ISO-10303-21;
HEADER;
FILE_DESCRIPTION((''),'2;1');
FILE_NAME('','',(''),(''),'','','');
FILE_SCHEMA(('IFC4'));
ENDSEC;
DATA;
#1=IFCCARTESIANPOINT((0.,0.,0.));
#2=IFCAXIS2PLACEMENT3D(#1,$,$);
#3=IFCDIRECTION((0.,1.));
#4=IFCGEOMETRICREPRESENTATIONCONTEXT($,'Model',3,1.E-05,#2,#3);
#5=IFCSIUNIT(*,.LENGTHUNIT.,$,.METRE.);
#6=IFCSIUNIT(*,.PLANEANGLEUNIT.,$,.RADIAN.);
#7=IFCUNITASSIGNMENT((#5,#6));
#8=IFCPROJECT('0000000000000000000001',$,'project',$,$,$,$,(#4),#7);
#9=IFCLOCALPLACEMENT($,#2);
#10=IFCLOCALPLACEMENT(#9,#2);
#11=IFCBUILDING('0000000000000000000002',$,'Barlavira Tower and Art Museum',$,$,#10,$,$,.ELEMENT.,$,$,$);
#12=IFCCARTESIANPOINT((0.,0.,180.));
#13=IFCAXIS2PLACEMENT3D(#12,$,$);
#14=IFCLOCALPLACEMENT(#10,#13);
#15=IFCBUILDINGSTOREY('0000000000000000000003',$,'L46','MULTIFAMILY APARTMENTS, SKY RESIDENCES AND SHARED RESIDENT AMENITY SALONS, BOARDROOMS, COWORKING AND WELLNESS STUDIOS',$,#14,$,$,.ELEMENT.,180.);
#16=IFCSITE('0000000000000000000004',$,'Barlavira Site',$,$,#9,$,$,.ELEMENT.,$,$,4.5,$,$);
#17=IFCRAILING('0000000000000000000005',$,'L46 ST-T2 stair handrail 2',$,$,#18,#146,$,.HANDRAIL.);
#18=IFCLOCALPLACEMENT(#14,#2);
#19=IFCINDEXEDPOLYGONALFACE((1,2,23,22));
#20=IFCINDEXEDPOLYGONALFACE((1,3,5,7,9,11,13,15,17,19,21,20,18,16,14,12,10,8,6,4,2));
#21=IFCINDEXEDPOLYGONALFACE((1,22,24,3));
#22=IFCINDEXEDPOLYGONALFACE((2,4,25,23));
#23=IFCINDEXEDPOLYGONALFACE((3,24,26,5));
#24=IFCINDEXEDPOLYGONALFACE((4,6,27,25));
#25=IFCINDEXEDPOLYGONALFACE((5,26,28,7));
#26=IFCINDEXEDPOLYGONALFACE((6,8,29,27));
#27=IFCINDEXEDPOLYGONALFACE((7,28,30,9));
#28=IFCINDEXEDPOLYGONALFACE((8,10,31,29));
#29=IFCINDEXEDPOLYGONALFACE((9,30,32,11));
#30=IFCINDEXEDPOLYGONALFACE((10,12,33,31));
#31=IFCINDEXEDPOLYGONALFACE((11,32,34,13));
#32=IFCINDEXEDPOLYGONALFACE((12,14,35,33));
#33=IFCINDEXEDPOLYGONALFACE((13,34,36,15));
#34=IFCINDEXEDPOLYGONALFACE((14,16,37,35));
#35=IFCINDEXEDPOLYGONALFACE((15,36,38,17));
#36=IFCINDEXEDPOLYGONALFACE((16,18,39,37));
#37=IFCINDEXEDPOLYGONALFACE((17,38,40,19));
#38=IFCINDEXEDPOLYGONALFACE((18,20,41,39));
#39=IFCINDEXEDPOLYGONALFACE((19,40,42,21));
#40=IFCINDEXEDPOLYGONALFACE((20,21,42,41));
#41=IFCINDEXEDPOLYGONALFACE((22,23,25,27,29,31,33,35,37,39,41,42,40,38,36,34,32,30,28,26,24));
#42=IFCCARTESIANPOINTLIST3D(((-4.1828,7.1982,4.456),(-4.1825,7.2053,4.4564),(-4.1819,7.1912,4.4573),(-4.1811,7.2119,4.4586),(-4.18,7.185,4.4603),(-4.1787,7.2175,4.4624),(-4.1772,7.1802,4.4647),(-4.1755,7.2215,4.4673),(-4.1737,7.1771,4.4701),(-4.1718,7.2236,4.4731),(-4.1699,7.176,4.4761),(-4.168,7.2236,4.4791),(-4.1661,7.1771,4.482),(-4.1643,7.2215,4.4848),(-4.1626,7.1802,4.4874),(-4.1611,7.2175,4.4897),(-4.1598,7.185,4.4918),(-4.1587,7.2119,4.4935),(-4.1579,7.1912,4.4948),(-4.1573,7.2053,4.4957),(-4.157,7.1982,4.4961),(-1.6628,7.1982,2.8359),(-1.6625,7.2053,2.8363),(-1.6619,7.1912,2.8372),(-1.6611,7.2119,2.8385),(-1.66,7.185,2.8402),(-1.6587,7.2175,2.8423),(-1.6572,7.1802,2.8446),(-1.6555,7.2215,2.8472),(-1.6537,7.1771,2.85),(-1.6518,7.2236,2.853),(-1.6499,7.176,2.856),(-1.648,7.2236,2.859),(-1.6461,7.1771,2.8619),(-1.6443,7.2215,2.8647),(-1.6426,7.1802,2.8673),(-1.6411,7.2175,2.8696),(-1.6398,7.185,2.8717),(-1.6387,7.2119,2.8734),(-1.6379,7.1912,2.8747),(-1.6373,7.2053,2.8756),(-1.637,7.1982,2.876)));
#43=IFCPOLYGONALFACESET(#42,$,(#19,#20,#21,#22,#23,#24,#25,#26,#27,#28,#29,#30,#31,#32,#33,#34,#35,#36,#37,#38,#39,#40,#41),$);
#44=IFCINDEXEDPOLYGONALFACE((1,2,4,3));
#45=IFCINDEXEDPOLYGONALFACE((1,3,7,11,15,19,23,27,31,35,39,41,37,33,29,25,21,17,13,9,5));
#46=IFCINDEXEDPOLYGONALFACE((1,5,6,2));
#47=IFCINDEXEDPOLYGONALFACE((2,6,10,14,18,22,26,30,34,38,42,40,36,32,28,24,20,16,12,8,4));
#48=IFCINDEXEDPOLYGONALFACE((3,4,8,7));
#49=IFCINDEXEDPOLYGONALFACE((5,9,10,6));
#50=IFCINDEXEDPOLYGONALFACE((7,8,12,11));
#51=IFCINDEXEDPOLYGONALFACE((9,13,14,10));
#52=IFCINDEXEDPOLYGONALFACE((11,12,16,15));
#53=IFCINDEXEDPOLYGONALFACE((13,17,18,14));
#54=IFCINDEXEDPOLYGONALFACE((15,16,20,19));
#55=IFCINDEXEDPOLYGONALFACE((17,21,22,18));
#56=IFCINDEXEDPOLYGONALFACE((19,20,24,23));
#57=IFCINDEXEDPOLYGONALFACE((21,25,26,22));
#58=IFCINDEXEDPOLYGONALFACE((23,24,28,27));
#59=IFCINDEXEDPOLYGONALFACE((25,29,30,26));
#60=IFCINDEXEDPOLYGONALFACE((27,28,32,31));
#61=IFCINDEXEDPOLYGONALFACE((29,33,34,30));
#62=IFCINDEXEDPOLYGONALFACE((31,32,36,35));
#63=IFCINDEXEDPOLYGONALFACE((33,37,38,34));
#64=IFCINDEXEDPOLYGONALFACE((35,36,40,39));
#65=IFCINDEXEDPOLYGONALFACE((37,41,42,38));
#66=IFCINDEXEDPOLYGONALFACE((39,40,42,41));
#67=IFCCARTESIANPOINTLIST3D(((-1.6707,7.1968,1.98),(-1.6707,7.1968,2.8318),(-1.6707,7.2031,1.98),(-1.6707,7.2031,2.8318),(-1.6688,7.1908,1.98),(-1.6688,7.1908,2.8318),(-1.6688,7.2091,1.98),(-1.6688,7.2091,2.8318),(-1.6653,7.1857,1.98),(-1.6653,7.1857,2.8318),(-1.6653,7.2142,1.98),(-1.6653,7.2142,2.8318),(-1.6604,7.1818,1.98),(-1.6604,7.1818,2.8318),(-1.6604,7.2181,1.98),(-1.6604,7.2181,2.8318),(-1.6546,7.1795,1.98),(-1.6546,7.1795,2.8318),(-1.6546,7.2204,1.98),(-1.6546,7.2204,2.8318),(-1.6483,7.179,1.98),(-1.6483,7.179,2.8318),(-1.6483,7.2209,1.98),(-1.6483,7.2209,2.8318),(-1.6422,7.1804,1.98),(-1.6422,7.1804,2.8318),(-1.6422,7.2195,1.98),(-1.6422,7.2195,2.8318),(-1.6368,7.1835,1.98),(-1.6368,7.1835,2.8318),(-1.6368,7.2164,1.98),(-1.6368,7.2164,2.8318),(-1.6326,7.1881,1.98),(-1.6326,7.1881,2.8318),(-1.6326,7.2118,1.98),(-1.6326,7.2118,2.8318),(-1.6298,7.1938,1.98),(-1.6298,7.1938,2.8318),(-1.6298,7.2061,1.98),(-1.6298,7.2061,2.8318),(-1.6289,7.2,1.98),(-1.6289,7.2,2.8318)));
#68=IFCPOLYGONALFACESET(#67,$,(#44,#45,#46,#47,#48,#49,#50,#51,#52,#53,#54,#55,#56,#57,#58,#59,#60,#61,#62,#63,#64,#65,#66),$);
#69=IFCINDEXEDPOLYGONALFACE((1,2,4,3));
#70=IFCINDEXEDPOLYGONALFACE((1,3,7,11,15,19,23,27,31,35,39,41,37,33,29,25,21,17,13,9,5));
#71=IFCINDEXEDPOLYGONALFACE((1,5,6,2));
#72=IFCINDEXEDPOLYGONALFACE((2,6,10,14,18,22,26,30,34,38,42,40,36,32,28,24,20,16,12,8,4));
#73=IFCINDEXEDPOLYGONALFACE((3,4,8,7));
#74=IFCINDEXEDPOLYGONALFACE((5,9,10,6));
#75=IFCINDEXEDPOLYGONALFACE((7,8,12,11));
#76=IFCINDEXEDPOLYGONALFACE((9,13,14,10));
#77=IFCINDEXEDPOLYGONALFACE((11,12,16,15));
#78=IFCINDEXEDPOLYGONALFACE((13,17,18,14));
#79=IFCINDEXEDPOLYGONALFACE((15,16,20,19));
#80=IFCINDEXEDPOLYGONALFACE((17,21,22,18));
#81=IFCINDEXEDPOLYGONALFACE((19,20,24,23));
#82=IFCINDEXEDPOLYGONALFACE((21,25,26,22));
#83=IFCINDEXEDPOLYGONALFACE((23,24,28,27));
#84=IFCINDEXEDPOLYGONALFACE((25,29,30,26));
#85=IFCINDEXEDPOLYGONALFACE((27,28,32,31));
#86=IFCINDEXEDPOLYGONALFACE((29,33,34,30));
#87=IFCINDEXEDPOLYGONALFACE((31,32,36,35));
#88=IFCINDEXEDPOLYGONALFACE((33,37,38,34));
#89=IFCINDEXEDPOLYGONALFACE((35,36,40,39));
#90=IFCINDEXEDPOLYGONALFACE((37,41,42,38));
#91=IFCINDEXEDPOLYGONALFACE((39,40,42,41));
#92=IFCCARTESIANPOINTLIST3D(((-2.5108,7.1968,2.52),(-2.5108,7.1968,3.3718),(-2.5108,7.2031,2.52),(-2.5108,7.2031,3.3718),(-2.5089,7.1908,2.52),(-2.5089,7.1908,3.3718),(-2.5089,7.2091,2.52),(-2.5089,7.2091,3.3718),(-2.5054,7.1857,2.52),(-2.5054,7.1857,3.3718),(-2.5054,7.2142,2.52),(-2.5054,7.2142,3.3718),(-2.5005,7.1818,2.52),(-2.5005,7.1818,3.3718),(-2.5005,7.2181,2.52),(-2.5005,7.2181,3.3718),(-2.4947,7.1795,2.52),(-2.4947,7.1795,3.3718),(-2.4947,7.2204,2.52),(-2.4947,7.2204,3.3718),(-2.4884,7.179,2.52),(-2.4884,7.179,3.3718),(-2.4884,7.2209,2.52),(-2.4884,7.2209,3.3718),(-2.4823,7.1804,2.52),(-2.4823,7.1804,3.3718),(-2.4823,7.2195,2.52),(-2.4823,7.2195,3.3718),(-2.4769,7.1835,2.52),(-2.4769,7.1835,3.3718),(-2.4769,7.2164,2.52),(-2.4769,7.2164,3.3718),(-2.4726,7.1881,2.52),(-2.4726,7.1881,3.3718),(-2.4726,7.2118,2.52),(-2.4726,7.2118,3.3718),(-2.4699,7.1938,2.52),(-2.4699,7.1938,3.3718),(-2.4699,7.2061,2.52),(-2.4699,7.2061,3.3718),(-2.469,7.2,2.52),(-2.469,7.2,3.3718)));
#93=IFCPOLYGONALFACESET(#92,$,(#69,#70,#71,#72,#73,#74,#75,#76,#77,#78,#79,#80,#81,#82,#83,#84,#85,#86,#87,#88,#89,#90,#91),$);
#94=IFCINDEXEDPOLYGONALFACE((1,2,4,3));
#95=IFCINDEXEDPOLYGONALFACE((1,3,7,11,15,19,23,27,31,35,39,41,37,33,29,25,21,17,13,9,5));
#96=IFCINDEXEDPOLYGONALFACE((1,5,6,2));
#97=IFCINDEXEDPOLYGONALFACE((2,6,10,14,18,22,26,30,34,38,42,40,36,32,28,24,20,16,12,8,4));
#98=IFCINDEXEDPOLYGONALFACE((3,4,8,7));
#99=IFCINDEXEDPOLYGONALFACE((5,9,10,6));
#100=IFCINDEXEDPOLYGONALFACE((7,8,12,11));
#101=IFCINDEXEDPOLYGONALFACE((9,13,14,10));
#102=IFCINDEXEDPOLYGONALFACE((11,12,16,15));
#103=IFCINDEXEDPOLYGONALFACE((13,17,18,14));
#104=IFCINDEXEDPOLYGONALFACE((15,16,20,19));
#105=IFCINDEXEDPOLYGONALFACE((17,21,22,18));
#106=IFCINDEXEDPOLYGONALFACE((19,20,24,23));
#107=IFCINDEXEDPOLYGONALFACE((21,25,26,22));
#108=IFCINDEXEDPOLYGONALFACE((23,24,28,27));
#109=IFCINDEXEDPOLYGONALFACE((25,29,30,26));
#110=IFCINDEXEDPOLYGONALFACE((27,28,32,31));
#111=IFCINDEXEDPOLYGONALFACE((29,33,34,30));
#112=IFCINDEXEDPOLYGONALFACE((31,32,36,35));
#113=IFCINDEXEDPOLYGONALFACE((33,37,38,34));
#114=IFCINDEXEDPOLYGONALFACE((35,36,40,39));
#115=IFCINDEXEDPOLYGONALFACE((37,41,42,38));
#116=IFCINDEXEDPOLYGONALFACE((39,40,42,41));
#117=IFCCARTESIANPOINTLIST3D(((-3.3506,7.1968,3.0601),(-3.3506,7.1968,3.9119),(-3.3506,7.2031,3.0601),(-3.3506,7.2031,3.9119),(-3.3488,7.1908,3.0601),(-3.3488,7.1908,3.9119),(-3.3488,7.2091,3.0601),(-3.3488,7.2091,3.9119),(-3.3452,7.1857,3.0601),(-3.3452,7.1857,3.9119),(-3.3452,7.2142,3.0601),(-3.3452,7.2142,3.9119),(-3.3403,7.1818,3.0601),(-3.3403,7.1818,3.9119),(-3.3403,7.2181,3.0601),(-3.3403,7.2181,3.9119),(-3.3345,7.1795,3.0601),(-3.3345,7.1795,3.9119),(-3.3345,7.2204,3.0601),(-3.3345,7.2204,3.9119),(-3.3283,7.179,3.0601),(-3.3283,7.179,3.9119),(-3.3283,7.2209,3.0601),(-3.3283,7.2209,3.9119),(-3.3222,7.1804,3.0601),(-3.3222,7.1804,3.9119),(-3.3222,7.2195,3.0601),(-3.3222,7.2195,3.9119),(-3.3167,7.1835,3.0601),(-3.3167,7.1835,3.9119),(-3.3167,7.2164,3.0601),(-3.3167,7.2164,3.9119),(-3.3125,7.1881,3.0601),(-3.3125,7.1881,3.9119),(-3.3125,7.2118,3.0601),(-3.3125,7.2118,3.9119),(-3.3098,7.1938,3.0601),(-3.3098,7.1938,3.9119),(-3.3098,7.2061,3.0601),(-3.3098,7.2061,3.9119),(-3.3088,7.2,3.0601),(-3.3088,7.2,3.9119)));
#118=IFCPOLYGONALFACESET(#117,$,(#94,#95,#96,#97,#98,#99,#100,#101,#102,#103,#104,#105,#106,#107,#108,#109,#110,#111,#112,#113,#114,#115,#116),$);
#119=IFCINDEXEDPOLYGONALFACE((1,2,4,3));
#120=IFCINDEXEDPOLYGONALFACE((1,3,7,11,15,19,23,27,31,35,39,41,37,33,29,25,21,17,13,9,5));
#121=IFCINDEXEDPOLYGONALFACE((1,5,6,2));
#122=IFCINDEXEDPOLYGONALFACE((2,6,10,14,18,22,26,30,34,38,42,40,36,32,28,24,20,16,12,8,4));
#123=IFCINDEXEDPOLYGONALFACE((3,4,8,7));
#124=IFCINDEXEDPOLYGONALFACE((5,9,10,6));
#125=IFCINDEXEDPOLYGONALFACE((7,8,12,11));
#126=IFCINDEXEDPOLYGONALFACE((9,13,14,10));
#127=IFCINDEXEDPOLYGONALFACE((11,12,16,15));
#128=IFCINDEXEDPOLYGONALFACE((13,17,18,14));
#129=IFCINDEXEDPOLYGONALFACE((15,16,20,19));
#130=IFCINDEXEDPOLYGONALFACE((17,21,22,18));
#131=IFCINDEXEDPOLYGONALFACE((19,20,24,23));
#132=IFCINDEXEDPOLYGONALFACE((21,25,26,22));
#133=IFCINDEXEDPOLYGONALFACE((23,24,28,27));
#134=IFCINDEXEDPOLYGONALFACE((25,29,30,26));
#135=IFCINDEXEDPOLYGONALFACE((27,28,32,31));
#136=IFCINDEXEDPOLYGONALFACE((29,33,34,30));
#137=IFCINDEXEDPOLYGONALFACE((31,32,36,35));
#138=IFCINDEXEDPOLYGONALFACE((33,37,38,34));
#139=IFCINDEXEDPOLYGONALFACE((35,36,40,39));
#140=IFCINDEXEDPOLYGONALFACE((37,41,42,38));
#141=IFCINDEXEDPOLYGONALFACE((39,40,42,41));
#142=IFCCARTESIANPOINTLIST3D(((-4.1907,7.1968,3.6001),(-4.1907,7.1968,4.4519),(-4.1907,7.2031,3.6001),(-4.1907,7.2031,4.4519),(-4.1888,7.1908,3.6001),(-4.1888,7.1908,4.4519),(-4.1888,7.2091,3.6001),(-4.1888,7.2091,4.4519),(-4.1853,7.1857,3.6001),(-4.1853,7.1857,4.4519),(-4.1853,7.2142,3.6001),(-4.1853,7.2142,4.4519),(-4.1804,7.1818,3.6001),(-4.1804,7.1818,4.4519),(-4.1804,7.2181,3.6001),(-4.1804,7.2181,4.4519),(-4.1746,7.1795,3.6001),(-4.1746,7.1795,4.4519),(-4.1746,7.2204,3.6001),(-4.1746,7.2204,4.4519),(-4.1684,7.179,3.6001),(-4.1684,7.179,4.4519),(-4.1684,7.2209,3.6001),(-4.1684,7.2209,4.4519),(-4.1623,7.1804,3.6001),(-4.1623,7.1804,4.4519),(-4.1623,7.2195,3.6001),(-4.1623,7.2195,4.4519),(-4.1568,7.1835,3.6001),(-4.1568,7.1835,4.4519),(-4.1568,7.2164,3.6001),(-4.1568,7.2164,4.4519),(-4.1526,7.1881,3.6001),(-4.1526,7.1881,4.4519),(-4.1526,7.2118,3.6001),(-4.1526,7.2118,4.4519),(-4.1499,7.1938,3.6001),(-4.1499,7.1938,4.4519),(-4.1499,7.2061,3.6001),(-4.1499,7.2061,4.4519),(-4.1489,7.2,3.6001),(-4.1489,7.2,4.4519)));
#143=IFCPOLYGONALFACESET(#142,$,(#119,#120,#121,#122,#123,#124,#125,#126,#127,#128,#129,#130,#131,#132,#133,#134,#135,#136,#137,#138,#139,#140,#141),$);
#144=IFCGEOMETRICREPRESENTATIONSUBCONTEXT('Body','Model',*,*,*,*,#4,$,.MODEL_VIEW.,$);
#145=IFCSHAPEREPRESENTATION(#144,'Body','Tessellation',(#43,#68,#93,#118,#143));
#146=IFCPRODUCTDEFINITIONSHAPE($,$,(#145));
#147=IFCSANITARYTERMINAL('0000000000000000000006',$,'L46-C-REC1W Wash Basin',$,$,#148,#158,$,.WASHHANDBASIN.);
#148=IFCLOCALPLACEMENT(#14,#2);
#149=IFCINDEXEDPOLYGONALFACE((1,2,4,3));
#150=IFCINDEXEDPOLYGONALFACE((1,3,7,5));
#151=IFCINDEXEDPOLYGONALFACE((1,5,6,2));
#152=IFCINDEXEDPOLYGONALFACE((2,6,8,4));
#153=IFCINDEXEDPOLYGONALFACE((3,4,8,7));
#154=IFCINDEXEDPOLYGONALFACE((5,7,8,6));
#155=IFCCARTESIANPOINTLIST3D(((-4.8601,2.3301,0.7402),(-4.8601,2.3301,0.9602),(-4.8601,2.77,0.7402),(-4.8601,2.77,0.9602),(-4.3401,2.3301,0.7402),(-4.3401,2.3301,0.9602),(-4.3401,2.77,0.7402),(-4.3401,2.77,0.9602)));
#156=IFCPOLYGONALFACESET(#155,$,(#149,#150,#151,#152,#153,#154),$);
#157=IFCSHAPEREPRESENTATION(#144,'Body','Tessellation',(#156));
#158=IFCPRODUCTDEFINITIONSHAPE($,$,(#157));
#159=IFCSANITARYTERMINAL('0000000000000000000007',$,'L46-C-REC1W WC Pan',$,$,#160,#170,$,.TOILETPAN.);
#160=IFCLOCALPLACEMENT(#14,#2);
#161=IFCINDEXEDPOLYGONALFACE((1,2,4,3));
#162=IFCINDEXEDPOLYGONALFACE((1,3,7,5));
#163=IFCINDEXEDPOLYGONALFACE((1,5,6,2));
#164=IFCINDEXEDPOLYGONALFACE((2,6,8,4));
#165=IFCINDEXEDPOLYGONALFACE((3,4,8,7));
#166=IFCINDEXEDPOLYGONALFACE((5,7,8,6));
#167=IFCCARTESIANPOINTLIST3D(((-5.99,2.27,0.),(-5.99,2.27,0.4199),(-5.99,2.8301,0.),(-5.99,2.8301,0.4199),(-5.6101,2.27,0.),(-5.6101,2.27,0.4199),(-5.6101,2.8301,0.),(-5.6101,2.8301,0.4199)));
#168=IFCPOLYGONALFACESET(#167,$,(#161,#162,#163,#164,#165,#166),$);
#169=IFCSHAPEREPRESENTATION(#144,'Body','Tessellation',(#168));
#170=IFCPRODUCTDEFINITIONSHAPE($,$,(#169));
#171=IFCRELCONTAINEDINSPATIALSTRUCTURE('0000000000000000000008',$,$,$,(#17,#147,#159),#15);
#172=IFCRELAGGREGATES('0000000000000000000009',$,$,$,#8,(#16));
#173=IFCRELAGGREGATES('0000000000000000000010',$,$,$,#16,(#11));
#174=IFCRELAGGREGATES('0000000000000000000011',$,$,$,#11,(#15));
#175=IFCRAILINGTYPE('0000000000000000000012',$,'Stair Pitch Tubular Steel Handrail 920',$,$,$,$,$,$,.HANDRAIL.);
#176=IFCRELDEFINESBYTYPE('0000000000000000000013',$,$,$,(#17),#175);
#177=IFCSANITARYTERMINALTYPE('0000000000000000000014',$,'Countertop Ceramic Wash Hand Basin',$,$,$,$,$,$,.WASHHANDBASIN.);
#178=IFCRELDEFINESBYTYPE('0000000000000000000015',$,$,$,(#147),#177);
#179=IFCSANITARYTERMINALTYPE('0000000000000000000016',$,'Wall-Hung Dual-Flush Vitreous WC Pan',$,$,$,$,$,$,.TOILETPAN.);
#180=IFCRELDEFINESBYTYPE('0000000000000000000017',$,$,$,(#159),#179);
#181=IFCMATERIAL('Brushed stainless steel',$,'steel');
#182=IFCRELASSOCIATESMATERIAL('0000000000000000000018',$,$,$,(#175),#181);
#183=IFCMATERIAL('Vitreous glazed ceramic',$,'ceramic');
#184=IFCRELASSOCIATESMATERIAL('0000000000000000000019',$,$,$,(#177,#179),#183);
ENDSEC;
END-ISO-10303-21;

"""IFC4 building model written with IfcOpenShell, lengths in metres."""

from ifc_helpers import new_model, si_unit, direction, frame, origin, origin_2d, place, context, subcontext, project, spatial, rectangle, circle, extrude, material, type_object, element, save


model = new_model("IFC4")

# Units and contexts
model_context = context("Model", 3, precision=1e-05, world=origin(), true_north=direction((0.0, 1.0)))
body_context = subcontext(model_context, "Body", "Model", "MODEL_VIEW")
ifc_project = project(units=[si_unit("LENGTHUNIT", "METRE"), si_unit("PLANEANGLEUNIT", "RADIAN")], contexts=[model_context])

# Site, building, storey
site_placement = place(None, origin())
site = spatial("IfcSite", under=ifc_project, at=site_placement, Name="Barlavira Site", CompositionType="ELEMENT", RefElevation=4.5)
building_placement = place(site_placement, origin())
building = spatial("IfcBuilding", under=site, at=building_placement, Name="Barlavira Tower and Art Museum", CompositionType="ELEMENT")
storey_placement = place(building_placement, frame((0.0, 0.0, 180.0)))
storey = spatial("IfcBuildingStorey", under=building, at=storey_placement, Name="L46", Description="MULTIFAMILY APARTMENTS, SKY RESIDENCES AND SHARED RESIDENT AMENITY SALONS, BOARDROOMS, COWORKING AND WELLNESS STUDIOS", CompositionType="ELEMENT", Elevation=180.0)

# Shared definitions
ifc_material_1 = material(Name="Brushed stainless steel", Category="steel")

# Railing
railing_type_1 = type_object("IfcRailingType", Name="Stair Pitch Tubular Steel Handrail 920", PredefinedType="HANDRAIL", material=ifc_material_1)
railing_1_placement = place(storey_placement, frame((-1.6499, 7.2, 1.98)))
element("IfcRailing", 1, at=railing_1_placement, inside=storey, type_object=railing_type_1, Name="L46 ST-T2 stair handrail 2", PredefinedType="HANDRAIL", context=body_context, shape_type="SweptSolid", body=[
    extrude(circle(Radius=0.0239, at=origin_2d()), frame((0.0, 0.0, 0.876), z_axis=(-0.841163, 0.0, 0.540782), x_axis=(0.0, -1.0, 0.0)), (0.0, 0.0, 1.0), 2.9958),
    extrude(circle(Radius=0.021, at=origin_2d()), origin(), (0.0, 0.0, 1.0), 0.8518),
    extrude(circle(Radius=0.021, at=origin_2d()), frame((-0.8401, 0.0, 0.54)), (0.0, 0.0, 1.0), 0.8518),
    extrude(circle(Radius=0.021, at=origin_2d()), frame((-1.6799, 0.0, 1.0801)), (0.0, 0.0, 1.0), 0.8518),
    extrude(circle(Radius=0.021, at=origin_2d()), frame((-2.52, 0.0, 1.6201)), (0.0, 0.0, 1.0), 0.8518),
])

# Sanitary terminals
ifc_material_2 = material(Name="Vitreous glazed ceramic", Category="ceramic")
sanitary_terminal_type_1 = type_object("IfcSanitaryTerminalType", Name="Countertop Ceramic Wash Hand Basin", PredefinedType="WASHHANDBASIN", material=ifc_material_2)
sanitary_terminal_1_placement = place(storey_placement, frame((-4.6001, 2.55, 0.7402), z_axis=(0.0, 0.0, 1.0), x_axis=(1.0, 0.0, 0.0)))
element("IfcSanitaryTerminal", 2, at=sanitary_terminal_1_placement, inside=storey, type_object=sanitary_terminal_type_1, Name="L46-C-REC1W Wash Basin", PredefinedType="WASHHANDBASIN", context=body_context, shape_type="SweptSolid", body=[
    extrude(rectangle(XDim=0.52, YDim=0.4399, at=origin_2d()), origin(), (0.0, 0.0, 1.0), 0.22),
])
sanitary_terminal_type_2 = type_object("IfcSanitaryTerminalType", Name="Wall-Hung Dual-Flush Vitreous WC Pan", PredefinedType="TOILETPAN", material=ifc_material_2)
sanitary_terminal_2_placement = place(storey_placement, frame((-5.8, 2.55, 0.0), z_axis=(0.0, 0.0, 1.0), x_axis=(1.0, 0.0, 0.0)))
element("IfcSanitaryTerminal", 3, at=sanitary_terminal_2_placement, inside=storey, type_object=sanitary_terminal_type_2, Name="L46-C-REC1W WC Pan", PredefinedType="TOILETPAN", context=body_context, shape_type="SweptSolid", body=[
    extrude(rectangle(XDim=0.3799, YDim=0.5601, at=origin_2d()), origin(), (0.0, 0.0, 1.0), 0.4199),
])

save(model, "model.ifc")
